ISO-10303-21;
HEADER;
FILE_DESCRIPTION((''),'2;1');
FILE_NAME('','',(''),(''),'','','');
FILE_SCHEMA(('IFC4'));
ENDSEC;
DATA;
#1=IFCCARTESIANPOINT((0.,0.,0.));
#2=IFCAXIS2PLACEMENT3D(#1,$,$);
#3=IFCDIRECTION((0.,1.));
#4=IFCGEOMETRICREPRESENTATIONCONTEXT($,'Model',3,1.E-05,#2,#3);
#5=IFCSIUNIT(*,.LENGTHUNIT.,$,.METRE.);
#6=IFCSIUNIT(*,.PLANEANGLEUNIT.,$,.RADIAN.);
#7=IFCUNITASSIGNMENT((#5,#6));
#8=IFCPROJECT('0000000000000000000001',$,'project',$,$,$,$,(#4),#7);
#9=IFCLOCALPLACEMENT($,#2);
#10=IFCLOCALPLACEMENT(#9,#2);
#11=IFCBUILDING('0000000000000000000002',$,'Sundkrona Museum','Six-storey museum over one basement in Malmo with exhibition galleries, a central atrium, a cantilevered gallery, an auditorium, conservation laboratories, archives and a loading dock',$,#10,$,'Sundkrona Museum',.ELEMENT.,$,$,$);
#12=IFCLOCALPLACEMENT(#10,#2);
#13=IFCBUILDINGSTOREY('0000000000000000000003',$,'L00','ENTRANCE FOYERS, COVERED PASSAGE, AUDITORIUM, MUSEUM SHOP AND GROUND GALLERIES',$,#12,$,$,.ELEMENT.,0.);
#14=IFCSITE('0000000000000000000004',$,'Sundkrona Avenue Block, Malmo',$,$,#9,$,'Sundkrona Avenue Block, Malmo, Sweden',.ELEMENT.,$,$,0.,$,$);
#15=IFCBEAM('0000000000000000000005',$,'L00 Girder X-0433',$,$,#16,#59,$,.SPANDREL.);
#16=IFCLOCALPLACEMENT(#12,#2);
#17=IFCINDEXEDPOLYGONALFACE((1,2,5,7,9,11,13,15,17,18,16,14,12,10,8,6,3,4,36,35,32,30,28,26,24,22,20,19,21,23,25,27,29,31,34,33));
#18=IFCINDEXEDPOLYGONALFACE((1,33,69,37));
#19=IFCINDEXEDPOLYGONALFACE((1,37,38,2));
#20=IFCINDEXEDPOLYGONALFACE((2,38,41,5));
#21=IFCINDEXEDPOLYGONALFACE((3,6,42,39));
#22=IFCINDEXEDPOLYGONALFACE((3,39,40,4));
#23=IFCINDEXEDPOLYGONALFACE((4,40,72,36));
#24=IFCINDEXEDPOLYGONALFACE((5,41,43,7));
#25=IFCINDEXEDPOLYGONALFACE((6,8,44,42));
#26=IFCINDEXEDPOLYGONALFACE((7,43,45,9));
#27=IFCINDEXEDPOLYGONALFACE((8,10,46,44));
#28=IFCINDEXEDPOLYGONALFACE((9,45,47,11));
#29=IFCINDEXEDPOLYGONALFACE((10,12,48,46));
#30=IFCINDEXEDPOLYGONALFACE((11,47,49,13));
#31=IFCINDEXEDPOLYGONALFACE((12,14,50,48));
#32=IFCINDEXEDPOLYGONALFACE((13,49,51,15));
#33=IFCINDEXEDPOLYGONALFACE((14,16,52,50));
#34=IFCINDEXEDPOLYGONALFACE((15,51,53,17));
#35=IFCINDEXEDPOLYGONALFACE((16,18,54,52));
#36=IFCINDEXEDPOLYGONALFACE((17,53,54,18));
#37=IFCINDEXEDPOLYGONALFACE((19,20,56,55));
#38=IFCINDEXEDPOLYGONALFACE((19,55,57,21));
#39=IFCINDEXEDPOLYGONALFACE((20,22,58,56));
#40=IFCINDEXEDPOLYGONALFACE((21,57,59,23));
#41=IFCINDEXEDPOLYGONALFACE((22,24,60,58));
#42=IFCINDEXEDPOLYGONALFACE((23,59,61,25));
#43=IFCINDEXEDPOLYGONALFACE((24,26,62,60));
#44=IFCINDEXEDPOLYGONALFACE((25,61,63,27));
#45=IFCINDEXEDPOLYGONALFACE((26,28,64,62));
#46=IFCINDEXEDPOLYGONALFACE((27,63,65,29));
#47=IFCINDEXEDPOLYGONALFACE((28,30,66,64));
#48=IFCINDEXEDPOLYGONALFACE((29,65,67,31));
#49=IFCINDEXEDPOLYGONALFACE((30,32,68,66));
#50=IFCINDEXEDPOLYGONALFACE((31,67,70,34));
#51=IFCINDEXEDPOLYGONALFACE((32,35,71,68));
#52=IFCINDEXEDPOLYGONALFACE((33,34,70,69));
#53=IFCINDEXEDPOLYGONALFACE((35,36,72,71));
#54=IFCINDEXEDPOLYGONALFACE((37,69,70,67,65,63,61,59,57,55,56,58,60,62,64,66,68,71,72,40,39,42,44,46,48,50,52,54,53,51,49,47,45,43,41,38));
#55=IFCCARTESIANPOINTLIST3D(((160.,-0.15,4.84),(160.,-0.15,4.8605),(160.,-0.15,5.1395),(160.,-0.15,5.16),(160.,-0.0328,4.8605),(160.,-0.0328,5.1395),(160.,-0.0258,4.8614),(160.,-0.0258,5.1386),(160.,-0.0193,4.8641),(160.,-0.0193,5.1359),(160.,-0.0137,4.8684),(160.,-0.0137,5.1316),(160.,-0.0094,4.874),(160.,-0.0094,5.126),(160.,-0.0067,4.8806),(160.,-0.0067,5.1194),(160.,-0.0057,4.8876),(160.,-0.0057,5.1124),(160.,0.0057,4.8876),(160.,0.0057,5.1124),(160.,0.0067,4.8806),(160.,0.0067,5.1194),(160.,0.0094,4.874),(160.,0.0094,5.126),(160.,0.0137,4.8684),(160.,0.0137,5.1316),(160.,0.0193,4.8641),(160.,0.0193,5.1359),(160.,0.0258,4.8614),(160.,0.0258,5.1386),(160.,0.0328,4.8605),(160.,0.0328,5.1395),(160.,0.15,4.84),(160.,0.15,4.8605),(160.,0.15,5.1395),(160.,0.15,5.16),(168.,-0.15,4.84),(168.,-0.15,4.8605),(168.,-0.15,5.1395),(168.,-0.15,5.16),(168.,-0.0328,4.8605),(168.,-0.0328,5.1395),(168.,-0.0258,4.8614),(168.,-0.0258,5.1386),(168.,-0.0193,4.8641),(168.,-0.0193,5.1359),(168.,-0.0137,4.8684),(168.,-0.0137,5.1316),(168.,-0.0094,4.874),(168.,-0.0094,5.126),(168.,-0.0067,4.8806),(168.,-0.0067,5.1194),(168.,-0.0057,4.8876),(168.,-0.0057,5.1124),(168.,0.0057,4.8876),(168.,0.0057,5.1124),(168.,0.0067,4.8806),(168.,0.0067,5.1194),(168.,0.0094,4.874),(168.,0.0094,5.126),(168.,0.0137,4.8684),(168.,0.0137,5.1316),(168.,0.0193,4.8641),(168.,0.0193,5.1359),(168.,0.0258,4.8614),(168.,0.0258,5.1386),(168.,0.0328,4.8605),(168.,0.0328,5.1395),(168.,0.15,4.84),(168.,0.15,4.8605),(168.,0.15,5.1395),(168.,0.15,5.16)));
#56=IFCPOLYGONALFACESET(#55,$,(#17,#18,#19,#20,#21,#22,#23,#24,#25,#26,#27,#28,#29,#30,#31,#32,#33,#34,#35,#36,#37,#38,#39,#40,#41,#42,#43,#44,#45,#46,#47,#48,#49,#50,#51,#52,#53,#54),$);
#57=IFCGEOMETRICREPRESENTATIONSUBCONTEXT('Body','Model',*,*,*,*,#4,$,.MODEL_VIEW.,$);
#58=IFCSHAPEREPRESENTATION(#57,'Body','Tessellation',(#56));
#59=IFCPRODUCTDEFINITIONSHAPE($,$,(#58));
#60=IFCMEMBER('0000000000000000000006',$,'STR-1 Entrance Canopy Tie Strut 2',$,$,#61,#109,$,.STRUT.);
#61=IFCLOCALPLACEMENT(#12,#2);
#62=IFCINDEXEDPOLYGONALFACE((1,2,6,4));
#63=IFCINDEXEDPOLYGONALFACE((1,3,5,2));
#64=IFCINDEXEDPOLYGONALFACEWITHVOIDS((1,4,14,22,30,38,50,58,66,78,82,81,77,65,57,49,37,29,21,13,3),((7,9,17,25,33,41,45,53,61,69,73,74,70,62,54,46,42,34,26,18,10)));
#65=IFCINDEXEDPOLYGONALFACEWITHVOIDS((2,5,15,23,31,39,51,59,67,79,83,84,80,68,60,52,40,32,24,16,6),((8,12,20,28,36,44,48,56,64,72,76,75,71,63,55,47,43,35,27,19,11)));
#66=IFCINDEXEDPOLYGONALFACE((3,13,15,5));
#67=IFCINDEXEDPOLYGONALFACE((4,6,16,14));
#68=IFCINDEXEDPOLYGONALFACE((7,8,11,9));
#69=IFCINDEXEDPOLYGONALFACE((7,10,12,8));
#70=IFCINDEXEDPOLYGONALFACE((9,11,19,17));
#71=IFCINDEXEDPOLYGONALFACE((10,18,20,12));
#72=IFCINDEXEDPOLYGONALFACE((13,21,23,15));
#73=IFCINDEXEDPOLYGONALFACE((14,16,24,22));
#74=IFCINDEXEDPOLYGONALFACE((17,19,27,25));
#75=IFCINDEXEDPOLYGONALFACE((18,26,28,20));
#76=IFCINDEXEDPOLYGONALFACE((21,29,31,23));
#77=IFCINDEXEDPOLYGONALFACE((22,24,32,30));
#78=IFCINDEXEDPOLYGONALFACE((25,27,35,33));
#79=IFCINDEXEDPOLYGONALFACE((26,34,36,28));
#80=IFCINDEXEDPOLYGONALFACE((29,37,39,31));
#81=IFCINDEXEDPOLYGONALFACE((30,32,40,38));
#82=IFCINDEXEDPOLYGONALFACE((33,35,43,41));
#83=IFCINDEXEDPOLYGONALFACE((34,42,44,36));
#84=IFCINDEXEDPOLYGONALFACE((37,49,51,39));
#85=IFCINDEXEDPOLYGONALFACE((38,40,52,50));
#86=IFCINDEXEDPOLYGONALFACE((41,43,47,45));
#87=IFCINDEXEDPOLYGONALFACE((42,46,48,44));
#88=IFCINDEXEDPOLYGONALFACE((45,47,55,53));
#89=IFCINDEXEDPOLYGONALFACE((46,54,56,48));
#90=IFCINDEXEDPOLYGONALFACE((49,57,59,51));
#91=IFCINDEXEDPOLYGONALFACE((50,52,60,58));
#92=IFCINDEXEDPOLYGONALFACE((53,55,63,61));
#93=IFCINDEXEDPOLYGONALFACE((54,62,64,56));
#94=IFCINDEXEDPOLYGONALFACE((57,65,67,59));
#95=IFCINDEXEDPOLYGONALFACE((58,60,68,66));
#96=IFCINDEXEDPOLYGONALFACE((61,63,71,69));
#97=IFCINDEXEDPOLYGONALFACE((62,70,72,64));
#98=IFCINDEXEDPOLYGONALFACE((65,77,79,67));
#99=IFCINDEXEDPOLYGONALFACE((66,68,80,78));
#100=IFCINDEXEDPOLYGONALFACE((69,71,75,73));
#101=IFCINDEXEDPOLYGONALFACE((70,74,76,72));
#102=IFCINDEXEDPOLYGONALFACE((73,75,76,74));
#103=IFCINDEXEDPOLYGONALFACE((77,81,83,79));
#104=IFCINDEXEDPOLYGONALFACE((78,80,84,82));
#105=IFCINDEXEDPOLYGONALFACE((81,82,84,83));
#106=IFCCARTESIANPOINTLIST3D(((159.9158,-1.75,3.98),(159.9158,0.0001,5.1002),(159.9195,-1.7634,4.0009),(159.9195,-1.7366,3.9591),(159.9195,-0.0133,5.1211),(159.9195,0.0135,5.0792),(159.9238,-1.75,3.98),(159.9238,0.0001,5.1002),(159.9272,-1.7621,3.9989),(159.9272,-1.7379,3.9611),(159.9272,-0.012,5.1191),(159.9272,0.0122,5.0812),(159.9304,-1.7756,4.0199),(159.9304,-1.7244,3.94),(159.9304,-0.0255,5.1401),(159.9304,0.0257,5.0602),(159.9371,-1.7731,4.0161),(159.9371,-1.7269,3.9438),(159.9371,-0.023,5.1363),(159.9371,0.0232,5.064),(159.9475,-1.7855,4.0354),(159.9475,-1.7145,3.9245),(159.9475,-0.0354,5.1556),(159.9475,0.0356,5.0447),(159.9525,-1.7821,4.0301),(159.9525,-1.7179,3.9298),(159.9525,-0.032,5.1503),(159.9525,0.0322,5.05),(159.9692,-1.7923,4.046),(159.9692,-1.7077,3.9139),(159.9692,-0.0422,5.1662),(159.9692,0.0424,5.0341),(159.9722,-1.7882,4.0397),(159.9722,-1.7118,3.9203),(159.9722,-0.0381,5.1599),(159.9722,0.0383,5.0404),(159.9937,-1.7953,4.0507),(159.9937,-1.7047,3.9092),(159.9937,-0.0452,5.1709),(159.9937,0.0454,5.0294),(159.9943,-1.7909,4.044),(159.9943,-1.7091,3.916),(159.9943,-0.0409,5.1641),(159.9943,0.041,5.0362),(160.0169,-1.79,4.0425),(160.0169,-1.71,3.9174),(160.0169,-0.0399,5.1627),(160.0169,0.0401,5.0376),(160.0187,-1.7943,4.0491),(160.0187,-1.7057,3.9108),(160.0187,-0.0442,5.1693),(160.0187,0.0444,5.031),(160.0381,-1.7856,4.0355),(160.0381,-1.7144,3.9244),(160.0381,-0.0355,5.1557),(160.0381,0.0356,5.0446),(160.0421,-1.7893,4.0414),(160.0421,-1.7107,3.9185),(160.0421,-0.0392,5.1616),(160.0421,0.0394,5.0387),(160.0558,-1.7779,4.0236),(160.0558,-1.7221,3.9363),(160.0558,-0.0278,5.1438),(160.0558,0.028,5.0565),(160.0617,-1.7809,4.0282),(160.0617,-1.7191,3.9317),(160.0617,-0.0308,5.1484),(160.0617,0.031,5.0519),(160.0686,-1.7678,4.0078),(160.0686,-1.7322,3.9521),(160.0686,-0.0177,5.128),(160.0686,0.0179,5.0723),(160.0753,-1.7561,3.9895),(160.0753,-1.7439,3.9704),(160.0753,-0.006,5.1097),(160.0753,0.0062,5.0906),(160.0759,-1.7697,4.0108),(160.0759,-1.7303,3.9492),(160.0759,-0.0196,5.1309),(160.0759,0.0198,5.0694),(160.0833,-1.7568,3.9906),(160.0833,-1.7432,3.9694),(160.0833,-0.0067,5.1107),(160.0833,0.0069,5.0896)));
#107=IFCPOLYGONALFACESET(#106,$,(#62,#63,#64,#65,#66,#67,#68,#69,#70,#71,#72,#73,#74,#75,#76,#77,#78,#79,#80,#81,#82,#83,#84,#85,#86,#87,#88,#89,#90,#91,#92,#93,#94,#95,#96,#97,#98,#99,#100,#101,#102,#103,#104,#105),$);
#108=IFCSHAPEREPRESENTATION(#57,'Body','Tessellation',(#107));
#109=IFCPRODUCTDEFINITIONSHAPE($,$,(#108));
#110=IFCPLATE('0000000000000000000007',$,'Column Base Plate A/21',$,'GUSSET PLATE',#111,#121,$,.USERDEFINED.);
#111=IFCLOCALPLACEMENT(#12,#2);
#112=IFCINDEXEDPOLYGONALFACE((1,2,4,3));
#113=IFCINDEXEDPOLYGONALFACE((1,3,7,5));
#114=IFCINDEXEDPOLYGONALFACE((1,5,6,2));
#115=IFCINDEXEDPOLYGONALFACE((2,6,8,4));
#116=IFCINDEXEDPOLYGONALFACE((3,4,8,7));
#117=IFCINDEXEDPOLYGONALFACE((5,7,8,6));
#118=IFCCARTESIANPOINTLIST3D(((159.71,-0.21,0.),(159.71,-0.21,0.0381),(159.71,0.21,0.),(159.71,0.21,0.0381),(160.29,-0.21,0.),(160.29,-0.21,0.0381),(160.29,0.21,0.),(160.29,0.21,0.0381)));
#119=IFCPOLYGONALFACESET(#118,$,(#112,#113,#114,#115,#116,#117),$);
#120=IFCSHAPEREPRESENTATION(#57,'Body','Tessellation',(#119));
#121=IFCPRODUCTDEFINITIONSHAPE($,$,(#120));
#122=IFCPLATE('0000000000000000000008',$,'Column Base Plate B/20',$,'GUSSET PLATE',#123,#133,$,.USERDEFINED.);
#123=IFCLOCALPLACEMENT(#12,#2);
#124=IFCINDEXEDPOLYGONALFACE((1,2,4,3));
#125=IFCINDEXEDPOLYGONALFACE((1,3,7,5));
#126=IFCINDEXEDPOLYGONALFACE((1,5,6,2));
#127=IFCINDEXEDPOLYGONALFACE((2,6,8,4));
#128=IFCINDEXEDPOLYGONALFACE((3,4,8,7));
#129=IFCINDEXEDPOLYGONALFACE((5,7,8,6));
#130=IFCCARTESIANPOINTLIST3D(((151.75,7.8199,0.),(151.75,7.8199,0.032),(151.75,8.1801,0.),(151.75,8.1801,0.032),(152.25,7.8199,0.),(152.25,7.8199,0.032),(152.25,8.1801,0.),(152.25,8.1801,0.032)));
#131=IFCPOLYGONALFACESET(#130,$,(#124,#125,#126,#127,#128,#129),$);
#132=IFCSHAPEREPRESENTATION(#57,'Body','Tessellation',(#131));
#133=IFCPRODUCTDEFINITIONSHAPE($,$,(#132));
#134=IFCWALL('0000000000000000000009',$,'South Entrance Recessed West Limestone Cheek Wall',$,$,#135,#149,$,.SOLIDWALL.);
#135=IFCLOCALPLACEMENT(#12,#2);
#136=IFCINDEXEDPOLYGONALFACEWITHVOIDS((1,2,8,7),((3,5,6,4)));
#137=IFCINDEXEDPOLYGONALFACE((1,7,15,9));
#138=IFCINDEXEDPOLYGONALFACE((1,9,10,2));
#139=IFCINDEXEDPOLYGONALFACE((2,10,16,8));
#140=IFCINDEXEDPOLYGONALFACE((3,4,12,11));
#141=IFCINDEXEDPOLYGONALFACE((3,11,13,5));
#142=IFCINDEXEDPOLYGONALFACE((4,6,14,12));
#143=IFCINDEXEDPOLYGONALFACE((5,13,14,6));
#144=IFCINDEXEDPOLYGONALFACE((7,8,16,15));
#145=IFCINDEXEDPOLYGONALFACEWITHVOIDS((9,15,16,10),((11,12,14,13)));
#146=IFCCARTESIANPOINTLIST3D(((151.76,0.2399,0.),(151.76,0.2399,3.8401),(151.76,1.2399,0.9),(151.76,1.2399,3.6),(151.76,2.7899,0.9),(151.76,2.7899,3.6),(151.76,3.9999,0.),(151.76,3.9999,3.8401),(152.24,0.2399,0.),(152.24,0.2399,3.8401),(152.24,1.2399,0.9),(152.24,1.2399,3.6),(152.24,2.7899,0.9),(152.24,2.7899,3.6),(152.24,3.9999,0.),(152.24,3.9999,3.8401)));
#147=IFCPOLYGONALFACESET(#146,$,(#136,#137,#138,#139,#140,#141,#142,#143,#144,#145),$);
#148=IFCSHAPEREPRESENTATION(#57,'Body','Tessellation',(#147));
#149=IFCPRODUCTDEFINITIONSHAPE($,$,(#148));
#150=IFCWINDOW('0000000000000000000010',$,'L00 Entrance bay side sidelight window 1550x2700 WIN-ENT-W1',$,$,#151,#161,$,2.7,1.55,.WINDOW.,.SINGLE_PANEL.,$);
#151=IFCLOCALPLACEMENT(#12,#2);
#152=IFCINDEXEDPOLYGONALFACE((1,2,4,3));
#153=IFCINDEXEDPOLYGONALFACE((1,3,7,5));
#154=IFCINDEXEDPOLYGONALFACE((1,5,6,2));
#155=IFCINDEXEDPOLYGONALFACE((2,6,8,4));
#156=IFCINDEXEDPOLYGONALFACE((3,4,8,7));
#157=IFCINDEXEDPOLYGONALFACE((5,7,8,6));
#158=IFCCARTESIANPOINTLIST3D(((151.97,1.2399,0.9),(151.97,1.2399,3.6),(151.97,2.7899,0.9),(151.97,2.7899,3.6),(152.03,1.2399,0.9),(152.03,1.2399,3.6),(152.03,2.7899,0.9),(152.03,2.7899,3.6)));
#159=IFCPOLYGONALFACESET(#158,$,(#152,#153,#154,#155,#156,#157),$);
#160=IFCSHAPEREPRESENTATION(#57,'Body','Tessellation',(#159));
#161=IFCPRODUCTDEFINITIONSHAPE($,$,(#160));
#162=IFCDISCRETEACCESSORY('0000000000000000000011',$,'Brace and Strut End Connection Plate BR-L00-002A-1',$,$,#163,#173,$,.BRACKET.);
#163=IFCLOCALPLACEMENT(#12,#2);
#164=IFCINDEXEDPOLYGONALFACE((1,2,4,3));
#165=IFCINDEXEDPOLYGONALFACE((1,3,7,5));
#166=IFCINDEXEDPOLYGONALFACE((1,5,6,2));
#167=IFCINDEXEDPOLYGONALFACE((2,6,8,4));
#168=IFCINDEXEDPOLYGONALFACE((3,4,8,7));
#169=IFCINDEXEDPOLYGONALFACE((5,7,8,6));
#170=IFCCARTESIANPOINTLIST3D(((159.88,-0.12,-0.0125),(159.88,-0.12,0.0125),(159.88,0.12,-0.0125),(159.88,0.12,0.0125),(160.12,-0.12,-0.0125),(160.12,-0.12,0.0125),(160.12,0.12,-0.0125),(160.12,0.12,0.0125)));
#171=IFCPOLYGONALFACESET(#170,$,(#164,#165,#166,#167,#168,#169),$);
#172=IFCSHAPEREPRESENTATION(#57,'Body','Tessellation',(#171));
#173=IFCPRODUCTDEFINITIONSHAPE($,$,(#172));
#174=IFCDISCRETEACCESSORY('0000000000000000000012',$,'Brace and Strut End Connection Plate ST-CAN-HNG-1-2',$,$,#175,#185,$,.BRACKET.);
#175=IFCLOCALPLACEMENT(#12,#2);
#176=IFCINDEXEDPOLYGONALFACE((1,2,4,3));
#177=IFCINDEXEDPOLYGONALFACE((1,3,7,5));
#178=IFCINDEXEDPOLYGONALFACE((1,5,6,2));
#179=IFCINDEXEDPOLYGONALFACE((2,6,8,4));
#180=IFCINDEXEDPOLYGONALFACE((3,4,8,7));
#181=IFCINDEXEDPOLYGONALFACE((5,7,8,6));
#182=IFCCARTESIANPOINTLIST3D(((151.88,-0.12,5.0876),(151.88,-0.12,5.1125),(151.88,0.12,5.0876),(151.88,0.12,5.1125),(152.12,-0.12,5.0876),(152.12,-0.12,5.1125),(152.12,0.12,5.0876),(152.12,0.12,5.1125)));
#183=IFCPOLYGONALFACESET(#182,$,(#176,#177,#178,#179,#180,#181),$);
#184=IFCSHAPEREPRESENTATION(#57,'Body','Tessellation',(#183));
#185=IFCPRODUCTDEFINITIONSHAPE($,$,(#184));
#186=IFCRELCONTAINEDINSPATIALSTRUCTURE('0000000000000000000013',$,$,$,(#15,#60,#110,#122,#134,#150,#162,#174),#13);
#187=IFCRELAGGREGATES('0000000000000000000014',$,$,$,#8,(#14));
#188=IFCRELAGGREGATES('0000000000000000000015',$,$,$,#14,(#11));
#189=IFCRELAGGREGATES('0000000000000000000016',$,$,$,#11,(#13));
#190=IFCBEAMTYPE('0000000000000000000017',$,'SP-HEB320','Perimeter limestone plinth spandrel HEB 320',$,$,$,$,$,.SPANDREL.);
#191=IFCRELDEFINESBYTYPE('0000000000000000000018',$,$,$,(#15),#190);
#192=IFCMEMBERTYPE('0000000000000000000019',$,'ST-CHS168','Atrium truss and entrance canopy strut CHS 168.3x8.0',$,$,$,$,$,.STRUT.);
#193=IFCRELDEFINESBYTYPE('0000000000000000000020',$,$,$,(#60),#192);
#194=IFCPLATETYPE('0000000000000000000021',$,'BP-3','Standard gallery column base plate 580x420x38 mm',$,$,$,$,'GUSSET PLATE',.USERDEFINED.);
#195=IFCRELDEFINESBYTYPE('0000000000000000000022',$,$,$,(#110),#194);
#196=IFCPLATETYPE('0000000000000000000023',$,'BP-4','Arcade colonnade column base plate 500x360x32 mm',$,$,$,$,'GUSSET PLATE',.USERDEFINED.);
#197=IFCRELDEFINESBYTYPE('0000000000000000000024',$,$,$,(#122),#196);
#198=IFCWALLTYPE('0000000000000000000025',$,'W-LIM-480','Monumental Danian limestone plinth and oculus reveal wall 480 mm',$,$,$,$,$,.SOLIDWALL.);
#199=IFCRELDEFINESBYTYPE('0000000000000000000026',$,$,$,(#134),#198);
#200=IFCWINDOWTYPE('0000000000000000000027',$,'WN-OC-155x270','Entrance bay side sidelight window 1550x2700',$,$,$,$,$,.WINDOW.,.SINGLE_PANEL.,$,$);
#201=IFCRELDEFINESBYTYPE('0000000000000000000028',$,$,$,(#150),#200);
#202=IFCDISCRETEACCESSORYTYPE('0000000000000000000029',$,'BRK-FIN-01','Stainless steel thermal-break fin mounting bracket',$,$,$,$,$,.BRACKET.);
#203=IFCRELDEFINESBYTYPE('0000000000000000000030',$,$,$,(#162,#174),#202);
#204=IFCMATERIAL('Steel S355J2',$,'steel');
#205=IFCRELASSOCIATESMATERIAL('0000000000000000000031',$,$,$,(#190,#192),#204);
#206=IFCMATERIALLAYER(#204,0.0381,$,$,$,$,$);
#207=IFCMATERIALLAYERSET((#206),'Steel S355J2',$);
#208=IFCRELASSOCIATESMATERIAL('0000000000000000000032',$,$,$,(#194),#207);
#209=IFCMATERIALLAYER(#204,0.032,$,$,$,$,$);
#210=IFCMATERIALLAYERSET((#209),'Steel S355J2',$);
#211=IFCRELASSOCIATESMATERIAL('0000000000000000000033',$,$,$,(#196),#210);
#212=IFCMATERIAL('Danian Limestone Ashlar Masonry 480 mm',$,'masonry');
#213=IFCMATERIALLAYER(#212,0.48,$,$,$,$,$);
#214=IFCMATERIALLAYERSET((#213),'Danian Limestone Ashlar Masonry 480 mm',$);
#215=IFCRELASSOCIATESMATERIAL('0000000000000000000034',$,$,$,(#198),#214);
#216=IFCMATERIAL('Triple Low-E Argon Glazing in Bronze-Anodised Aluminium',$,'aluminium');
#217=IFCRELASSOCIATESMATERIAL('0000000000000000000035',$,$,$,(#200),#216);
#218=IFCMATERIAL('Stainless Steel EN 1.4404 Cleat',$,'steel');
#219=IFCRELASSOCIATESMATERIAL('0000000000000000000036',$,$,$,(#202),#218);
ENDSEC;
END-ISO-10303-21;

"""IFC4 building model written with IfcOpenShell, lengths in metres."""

from ifc_helpers import new_model, si_unit, direction, frame, frame_2d, origin, origin_2d, place, context, subcontext, project, spatial, rectangle, hollow_circle, i_section, extrude, material, layer, layer_set, material_profile, profile_set, type_object, element, fill, save


model = new_model("IFC4")

# Units and contexts
model_context = context("Model", 3, precision=1e-05, world=origin(), true_north=direction((0.0, 1.0)))
body_context = subcontext(model_context, "Body", "Model", "MODEL_VIEW")
ifc_project = project(units=[si_unit("LENGTHUNIT", "METRE"), si_unit("PLANEANGLEUNIT", "RADIAN")], contexts=[model_context])

# Site, building, storey
site_placement = place(None, origin())
site = spatial("IfcSite", under=ifc_project, at=site_placement, Name="Sundkrona Avenue Block, Malmo", LongName="Sundkrona Avenue Block, Malmo, Sweden", CompositionType="ELEMENT", RefElevation=0.0)
building_placement = place(site_placement, origin())
building = spatial("IfcBuilding", under=site, at=building_placement, Name="Sundkrona Museum", Description="Six-storey museum over one basement in Malmo with exhibition galleries, a central atrium, a cantilevered gallery, an auditorium, conservation laboratories, archives and a loading dock", LongName="Sundkrona Museum", CompositionType="ELEMENT")
storey_placement = place(building_placement, origin())
storey = spatial("IfcBuildingStorey", under=building, at=storey_placement, Name="L00", Description="ENTRANCE FOYERS, COVERED PASSAGE, AUDITORIUM, MUSEUM SHOP AND GROUND GALLERIES", CompositionType="ELEMENT", Elevation=0.0)

# Shared definitions
ifc_material_1 = material(Name="Steel S355J2", Category="steel")

# Beam
ifc_material_profile_1 = material_profile(ifc_material_1, i_section(OverallWidth=0.3, OverallDepth=0.3201, WebThickness=0.0115, FlangeThickness=0.0205, FilletRadius=0.0271, at=origin_2d()), Name="HEB 320")
ifc_profile_set_1 = profile_set([ifc_material_profile_1], Name="Steel S355J2")
beam_type_1 = type_object("IfcBeamType", Name="SP-HEB320", Description="Perimeter limestone plinth spandrel HEB 320", PredefinedType="SPANDREL", material=ifc_profile_set_1)
beam_1_placement = place(storey_placement, frame((160.0, 0.0, 5.0), z_axis=(1.0, 0.0, 0.0), x_axis=(0.0, 1.0, 0.0)))
element("IfcBeam", 1, at=beam_1_placement, inside=storey, type_object=beam_type_1, Name="L00 Girder X-0433", PredefinedType="SPANDREL", context=body_context, shape_type="SweptSolid", body=[
    extrude(i_section(OverallWidth=0.3, OverallDepth=0.3201, WebThickness=0.0115, FlangeThickness=0.0205, FilletRadius=0.0271, at=origin_2d()), origin(), (0.0, 0.0, 1.0), 8.0),
])

# Member
ifc_material_profile_2 = material_profile(ifc_material_1, hollow_circle(Radius=0.0842, WallThickness=0.0081, at=origin_2d()), Name="CHS 168.3x8.0")
ifc_profile_set_2 = profile_set([ifc_material_profile_2], Name="Steel S355J2")
member_type_1 = type_object("IfcMemberType", Name="ST-CHS168", Description="Atrium truss and entrance canopy strut CHS 168.3x8.0", PredefinedType="STRUT", material=ifc_profile_set_2)
member_1_placement = place(storey_placement, frame((160.0, -1.75, 3.98), z_axis=(0.0, 0.842246, 0.539094), x_axis=(-1.0, 0.0, 0.0)))
element("IfcMember", 2, at=member_1_placement, inside=storey, type_object=member_type_1, Name="STR-1 Entrance Canopy Tie Strut 2", PredefinedType="STRUT", context=body_context, shape_type="SweptSolid", body=[
    extrude(hollow_circle(Radius=0.0842, WallThickness=0.0081, at=origin_2d()), origin(), (0.0, 0.0, 1.0), 2.0779),
])

# Plates
ifc_layer_1 = layer(ifc_material_1, 0.0381)
ifc_layer_set_1 = layer_set([ifc_layer_1], Name="Steel S355J2")
plate_type_1 = type_object("IfcPlateType", Name="BP-3", Description="Standard gallery column base plate 580x420x38 mm", ElementType="GUSSET PLATE", PredefinedType="USERDEFINED", material=ifc_layer_set_1)
plate_1_placement = place(storey_placement, frame((160.0, 0.0, 0.0), z_axis=(0.0, 0.0, 1.0), x_axis=(1.0, 0.0, 0.0)))
element("IfcPlate", 3, at=plate_1_placement, inside=storey, type_object=plate_type_1, Name="Column Base Plate A/21", ObjectType="GUSSET PLATE", PredefinedType="USERDEFINED", context=body_context, shape_type="SweptSolid", body=[
    extrude(rectangle(XDim=0.5801, YDim=0.4199, at=origin_2d()), origin(), (0.0, 0.0, 1.0), 0.0381),
])
ifc_layer_2 = layer(ifc_material_1, 0.032)
ifc_layer_set_2 = layer_set([ifc_layer_2], Name="Steel S355J2")
plate_type_2 = type_object("IfcPlateType", Name="BP-4", Description="Arcade colonnade column base plate 500x360x32 mm", ElementType="GUSSET PLATE", PredefinedType="USERDEFINED", material=ifc_layer_set_2)
plate_2_placement = place(storey_placement, frame((152.0, 8.0, 0.0), z_axis=(0.0, 0.0, 1.0), x_axis=(1.0, 0.0, 0.0)))
element("IfcPlate", 4, at=plate_2_placement, inside=storey, type_object=plate_type_2, Name="Column Base Plate B/20", ObjectType="GUSSET PLATE", PredefinedType="USERDEFINED", context=body_context, shape_type="SweptSolid", body=[
    extrude(rectangle(XDim=0.5, YDim=0.3601, at=origin_2d()), origin(), (0.0, 0.0, 1.0), 0.032),
])

# Wall, opening, window
ifc_material_2 = material(Name="Danian Limestone Ashlar Masonry 480 mm", Category="masonry")
ifc_layer_3 = layer(ifc_material_2, 0.48)
ifc_layer_set_3 = layer_set([ifc_layer_3], Name="Danian Limestone Ashlar Masonry 480 mm")
wall_type = type_object("IfcWallType", Name="W-LIM-480", Description="Monumental Danian limestone plinth and oculus reveal wall 480 mm", PredefinedType="SOLIDWALL", material=ifc_layer_set_3)
wall_placement = place(storey_placement, frame((152.0, 0.24, 0.0), z_axis=(0.0, 0.0, 1.0), x_axis=(0.0, 1.0, 0.0)))
wall = element("IfcWall", 5, at=wall_placement, inside=storey, type_object=wall_type, Name="South Entrance Recessed West Limestone Cheek Wall", PredefinedType="SOLIDWALL", context=body_context, shape_type="SweptSolid", body=[
    extrude(rectangle(XDim=3.76, YDim=0.48, at=frame_2d((1.8799, 0.0))), origin(), (0.0, 0.0, 1.0), 3.8401),
])
opening_placement = place(wall_placement, frame((1.0, 0.0, 0.8999)))
opening = element("IfcOpeningElement", 6, at=opening_placement, cuts=wall, PredefinedType="OPENING", context=body_context, shape_type="SweptSolid", body=[
    extrude(rectangle(XDim=1.55, YDim=2.7, at=frame_2d((0.7749, 1.3501))), frame((0.0, 0.25, 0.0), z_axis=(0.0, -1.0, 0.0), x_axis=(1.0, 0.0, 0.0)), (0.0, 0.0, 1.0), 0.5),
])
ifc_material_3 = material(Name="Triple Low-E Argon Glazing in Bronze-Anodised Aluminium", Category="aluminium")
window_type = type_object("IfcWindowType", Name="WN-OC-155x270", Description="Entrance bay side sidelight window 1550x2700", PartitioningType="SINGLE_PANEL", PredefinedType="WINDOW", material=ifc_material_3)
window_placement = place(opening_placement, origin())
window = element("IfcWindow", 7, at=window_placement, inside=storey, type_object=window_type, Name="L00 Entrance bay side sidelight window 1550x2700 WIN-ENT-W1", OverallHeight=2.7, OverallWidth=1.55, PartitioningType="SINGLE_PANEL", PredefinedType="WINDOW", context=body_context, shape_type="SweptSolid", body=[
    extrude(rectangle(XDim=1.55, YDim=2.7, at=frame_2d((0.7749, 1.3501))), frame((0.0, 0.03, 0.0), z_axis=(0.0, -1.0, 0.0), x_axis=(1.0, 0.0, 0.0)), (0.0, 0.0, 1.0), 0.0601),
])
fill(opening, window)

# Discrete accessories
ifc_material_4 = material(Name="Stainless Steel EN 1.4404 Cleat", Category="steel")
discrete_accessory_type = type_object("IfcDiscreteAccessoryType", Name="BRK-FIN-01", Description="Stainless steel thermal-break fin mounting bracket", PredefinedType="BRACKET", material=ifc_material_4)
for number, where, z_axis, x_axis, name in (
    (8, (160.0, 0.0, -0.0125), (0.0, 0.0, 1.0), (1.0, 0.0, 0.0), "Brace and Strut End Connection Plate BR-L00-002A-1"),
    (9, (152.0, 0.0, 5.0876), (0.0, 0.0, 1.0), (1.0, 0.0, 0.0), "Brace and Strut End Connection Plate ST-CAN-HNG-1-2"),
):
    element("IfcDiscreteAccessory", number, at=place(storey_placement, frame(where, z_axis=z_axis, x_axis=x_axis)), inside=storey, type_object=discrete_accessory_type, Name=name, PredefinedType="BRACKET", context=body_context, shape_type="SweptSolid", body=[
        extrude(rectangle(XDim=0.24, YDim=0.24, at=origin_2d()), origin(), (0.0, 0.0, 1.0), 0.0249),
    ])

save(model, "model.ifc")
